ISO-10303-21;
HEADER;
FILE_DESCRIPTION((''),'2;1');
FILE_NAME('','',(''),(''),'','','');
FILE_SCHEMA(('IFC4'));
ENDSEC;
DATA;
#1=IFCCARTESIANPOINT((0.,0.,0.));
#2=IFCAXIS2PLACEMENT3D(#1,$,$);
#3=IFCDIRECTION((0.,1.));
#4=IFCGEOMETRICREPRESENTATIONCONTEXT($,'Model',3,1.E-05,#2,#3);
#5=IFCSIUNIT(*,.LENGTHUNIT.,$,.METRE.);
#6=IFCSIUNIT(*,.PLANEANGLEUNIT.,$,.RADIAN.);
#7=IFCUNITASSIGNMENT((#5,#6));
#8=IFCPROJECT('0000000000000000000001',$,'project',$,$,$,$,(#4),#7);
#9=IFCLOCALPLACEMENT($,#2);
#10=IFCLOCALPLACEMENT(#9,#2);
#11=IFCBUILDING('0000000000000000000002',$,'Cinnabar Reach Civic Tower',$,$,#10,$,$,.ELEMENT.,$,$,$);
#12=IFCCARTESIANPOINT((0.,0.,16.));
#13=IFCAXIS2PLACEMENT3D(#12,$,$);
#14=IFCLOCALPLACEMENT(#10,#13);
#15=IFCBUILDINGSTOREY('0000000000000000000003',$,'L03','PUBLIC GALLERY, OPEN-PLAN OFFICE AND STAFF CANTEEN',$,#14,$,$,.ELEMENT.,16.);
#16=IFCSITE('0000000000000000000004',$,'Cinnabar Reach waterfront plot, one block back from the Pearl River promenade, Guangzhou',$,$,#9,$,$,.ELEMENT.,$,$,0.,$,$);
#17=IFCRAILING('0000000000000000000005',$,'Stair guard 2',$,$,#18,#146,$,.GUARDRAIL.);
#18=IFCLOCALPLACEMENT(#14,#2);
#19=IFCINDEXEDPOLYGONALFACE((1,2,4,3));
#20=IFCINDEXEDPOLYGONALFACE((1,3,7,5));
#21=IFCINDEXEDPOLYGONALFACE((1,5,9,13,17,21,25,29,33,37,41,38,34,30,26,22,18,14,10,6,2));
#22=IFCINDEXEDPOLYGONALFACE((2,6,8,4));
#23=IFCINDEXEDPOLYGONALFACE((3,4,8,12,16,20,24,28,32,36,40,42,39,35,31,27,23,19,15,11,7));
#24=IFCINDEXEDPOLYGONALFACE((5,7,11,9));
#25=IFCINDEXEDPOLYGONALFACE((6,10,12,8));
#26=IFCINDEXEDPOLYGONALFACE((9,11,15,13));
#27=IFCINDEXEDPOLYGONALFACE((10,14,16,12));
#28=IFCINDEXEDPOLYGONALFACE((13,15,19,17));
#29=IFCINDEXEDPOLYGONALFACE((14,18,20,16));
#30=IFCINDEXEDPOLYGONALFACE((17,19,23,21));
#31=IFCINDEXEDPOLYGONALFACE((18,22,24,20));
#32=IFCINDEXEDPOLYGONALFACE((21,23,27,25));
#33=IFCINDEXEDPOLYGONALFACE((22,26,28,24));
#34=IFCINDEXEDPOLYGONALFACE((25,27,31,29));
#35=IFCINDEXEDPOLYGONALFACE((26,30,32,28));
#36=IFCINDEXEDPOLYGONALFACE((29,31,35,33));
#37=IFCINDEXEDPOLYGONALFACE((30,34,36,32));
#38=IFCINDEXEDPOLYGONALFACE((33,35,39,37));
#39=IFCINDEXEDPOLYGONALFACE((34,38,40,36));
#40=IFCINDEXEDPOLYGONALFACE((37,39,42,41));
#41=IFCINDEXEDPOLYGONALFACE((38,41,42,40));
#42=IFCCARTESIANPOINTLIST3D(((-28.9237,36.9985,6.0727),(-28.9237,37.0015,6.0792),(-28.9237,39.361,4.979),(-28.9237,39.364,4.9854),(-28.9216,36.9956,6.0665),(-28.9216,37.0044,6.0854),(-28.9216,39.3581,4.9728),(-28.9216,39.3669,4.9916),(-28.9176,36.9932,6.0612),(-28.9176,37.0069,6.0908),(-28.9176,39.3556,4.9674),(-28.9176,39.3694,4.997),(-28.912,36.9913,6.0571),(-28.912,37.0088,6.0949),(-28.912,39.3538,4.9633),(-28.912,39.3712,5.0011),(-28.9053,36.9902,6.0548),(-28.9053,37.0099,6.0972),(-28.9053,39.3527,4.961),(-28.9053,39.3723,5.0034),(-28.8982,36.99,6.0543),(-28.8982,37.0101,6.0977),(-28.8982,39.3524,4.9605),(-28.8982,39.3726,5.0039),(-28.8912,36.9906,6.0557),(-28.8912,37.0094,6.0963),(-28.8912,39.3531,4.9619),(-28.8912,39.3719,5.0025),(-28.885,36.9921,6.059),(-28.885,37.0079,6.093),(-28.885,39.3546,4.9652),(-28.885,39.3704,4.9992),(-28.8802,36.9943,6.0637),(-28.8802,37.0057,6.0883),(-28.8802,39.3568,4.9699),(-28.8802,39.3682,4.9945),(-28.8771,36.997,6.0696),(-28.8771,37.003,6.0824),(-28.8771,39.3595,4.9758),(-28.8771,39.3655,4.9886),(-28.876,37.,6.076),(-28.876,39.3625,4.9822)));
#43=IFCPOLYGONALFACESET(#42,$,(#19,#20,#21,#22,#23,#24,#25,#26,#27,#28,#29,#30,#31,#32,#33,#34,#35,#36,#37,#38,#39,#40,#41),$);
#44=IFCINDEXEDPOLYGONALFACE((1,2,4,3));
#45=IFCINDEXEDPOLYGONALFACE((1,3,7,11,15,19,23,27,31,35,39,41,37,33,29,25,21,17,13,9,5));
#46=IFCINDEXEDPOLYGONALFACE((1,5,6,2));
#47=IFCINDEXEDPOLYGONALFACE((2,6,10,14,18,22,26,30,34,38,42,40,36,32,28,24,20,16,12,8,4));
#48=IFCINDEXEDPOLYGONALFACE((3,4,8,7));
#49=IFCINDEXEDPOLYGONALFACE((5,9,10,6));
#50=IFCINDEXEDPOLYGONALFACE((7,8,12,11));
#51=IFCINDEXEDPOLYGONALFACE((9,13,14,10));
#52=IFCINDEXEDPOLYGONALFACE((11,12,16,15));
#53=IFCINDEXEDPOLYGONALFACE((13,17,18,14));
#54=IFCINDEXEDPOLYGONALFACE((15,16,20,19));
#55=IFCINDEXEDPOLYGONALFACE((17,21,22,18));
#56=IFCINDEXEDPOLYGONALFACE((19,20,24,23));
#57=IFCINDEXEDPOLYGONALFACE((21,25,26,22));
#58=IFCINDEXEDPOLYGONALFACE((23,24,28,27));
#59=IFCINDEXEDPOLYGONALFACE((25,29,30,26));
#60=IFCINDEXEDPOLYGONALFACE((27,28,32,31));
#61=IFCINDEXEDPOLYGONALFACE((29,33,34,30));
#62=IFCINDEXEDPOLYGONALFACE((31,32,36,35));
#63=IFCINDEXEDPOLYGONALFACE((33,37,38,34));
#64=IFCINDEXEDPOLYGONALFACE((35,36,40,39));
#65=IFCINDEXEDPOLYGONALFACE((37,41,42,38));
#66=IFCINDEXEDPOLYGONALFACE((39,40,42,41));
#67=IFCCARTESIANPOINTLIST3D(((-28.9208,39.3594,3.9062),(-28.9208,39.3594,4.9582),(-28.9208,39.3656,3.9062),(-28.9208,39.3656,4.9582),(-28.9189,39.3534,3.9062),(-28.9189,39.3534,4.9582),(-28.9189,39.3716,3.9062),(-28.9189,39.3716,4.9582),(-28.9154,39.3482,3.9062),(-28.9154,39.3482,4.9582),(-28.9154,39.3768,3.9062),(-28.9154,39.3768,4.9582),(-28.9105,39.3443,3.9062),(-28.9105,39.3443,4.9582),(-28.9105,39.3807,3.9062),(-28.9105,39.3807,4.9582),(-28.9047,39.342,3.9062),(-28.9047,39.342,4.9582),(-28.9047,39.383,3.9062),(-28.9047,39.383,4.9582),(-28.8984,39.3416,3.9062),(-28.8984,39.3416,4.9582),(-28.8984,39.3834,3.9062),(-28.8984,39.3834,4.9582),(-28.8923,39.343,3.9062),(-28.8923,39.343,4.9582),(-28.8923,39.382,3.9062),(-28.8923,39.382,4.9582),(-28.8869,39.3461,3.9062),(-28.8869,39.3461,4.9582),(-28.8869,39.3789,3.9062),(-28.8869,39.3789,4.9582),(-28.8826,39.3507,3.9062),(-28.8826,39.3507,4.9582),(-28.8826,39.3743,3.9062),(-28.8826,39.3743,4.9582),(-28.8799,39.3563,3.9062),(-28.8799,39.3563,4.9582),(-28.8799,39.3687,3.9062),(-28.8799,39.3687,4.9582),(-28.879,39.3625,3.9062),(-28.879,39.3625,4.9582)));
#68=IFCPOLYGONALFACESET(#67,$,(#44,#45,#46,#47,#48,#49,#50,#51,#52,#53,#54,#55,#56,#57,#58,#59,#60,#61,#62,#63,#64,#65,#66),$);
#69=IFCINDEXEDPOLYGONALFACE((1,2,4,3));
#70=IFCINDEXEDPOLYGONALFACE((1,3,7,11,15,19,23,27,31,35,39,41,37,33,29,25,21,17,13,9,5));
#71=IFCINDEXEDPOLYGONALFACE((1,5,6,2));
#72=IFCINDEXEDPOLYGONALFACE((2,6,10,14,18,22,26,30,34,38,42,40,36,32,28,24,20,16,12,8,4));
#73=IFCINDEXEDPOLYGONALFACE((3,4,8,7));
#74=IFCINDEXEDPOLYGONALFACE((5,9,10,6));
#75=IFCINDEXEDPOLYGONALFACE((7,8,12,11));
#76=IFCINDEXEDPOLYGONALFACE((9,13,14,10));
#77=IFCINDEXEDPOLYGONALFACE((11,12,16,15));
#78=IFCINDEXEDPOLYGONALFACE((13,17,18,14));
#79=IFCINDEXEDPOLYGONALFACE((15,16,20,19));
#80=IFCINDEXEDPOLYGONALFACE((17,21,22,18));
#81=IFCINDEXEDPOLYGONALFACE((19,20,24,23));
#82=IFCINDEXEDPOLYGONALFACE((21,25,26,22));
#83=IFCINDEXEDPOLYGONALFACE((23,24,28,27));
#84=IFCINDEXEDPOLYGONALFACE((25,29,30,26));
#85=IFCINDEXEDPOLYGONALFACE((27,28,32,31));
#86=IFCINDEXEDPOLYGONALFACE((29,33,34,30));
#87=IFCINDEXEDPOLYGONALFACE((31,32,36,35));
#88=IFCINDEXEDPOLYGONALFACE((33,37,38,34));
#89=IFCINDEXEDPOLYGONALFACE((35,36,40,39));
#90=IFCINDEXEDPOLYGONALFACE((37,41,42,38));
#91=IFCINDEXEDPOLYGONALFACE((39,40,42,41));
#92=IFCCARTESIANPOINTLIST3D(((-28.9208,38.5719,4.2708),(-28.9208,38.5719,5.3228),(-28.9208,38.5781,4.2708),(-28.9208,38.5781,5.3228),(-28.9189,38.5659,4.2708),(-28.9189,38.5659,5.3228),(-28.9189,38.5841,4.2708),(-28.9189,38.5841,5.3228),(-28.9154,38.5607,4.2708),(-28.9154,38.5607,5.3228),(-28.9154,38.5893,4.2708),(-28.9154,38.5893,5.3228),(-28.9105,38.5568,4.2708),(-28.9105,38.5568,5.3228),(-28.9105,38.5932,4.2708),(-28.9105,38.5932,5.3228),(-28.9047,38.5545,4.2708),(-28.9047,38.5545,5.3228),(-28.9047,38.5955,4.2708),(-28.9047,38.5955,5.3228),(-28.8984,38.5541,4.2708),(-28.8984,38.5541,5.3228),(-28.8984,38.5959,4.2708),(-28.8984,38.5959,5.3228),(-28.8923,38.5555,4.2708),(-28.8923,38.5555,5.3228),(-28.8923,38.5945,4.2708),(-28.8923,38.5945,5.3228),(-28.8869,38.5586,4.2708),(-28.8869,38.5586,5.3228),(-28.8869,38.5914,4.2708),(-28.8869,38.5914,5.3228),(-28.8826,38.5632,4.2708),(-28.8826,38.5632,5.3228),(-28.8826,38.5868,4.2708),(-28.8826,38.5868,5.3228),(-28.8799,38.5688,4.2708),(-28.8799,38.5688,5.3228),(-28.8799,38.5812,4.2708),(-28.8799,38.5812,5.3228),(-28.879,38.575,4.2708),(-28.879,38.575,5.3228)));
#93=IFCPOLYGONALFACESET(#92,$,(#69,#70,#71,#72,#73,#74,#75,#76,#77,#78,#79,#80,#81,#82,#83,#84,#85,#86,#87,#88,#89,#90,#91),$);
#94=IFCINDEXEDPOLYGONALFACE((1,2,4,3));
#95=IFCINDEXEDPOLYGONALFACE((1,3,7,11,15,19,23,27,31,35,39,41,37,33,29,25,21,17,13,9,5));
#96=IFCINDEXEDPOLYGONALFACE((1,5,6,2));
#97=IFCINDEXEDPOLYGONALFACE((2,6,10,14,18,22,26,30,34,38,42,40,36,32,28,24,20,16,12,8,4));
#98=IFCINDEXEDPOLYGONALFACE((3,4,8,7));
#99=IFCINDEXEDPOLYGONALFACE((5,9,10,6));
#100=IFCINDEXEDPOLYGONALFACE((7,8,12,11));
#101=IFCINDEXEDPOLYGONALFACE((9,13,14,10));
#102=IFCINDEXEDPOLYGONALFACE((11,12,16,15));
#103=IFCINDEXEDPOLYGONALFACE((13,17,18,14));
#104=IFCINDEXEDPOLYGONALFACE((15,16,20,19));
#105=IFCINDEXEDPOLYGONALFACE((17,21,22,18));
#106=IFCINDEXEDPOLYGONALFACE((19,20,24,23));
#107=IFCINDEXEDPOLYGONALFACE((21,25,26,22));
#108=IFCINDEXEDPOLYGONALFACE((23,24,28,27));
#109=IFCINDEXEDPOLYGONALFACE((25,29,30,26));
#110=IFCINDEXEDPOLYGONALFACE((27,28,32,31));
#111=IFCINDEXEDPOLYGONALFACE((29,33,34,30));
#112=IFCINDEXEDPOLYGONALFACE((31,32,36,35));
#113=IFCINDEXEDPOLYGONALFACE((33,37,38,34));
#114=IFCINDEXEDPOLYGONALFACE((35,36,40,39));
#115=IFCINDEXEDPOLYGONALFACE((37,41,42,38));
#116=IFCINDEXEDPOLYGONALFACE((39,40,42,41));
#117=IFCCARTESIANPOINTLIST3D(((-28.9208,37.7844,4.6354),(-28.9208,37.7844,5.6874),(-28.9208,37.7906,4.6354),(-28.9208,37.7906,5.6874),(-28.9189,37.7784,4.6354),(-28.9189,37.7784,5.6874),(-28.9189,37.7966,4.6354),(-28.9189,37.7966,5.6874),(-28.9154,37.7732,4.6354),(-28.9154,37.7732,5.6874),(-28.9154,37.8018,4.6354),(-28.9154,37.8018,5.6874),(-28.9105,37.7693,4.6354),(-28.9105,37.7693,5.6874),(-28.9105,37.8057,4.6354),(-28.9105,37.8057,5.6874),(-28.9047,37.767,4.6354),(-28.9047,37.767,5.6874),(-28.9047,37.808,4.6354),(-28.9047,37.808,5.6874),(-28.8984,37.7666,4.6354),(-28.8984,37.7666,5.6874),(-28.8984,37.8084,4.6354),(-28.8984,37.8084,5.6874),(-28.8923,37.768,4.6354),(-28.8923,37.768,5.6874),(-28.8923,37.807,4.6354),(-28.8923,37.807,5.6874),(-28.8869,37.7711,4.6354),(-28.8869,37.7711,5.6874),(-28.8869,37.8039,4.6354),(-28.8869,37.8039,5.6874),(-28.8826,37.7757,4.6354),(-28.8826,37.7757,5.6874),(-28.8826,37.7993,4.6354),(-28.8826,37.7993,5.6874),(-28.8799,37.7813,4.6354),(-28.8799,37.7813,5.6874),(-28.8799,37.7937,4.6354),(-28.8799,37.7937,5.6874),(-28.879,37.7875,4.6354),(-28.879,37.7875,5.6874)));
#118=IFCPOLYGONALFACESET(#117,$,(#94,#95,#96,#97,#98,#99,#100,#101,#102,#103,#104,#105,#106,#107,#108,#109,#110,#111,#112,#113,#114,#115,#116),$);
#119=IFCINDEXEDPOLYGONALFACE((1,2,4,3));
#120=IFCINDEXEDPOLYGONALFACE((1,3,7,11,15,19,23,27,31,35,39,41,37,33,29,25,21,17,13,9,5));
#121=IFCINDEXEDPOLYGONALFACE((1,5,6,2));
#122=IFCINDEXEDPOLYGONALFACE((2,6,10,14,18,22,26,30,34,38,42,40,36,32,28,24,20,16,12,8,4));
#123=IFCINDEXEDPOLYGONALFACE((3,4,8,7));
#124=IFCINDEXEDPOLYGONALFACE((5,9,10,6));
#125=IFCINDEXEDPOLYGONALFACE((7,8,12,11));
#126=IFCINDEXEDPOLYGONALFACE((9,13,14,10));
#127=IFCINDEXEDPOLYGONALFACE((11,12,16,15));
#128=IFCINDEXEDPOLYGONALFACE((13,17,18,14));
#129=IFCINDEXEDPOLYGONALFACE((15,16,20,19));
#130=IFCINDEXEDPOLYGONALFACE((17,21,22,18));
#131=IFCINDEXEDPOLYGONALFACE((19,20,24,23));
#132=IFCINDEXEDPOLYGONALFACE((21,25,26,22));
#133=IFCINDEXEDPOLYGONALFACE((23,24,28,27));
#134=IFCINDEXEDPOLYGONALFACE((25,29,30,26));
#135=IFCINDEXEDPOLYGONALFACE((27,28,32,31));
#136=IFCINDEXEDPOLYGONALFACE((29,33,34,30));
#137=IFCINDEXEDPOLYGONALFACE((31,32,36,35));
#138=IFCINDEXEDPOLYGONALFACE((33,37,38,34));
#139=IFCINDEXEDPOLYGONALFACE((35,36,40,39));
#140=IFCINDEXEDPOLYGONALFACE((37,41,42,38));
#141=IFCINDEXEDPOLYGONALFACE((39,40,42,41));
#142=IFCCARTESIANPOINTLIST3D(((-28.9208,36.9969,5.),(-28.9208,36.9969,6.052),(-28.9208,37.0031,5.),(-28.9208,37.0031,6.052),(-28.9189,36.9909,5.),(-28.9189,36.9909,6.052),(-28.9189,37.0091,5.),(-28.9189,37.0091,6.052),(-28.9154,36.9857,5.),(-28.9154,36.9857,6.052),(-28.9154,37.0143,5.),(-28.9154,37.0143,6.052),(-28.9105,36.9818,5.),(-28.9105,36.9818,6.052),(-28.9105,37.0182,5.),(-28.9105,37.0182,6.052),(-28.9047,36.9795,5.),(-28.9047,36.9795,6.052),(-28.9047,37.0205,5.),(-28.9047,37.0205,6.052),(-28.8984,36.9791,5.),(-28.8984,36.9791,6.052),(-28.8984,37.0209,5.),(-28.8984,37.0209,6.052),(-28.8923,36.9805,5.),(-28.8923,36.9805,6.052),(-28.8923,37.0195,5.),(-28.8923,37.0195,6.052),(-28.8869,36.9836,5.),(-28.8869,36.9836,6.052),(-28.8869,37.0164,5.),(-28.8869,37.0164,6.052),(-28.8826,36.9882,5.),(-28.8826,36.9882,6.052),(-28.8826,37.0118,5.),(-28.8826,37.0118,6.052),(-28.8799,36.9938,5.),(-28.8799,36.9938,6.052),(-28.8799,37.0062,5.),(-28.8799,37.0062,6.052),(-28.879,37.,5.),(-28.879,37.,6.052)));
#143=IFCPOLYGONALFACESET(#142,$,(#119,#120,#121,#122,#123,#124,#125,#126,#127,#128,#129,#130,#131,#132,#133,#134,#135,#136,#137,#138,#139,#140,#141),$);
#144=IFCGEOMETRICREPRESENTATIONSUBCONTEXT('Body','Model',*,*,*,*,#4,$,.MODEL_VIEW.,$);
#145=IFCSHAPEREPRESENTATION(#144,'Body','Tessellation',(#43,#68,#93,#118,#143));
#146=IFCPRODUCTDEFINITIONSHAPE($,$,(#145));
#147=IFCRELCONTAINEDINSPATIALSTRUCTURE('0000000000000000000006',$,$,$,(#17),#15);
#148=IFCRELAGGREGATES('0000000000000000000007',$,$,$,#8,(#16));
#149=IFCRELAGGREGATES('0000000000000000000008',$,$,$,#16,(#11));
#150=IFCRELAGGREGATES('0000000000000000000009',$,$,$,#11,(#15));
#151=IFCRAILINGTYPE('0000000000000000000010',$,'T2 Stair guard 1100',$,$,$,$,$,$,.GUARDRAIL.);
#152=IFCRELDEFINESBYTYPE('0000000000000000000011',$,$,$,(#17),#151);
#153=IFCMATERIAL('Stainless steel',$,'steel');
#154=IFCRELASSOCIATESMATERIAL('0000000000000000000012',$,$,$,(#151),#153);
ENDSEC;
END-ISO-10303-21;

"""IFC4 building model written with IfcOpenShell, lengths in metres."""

from ifc_helpers import new_model, si_unit, direction, frame, origin, origin_2d, place, context, subcontext, project, spatial, circle, extrude, material, type_object, element, save


model = new_model("IFC4")

# Units and contexts
model_context = context("Model", 3, precision=1e-05, world=origin(), true_north=direction((0.0, 1.0)))
body_context = subcontext(model_context, "Body", "Model", "MODEL_VIEW")
ifc_project = project(units=[si_unit("LENGTHUNIT", "METRE"), si_unit("PLANEANGLEUNIT", "RADIAN")], contexts=[model_context])

# Site, building, storey
site_placement = place(None, origin())
site = spatial("IfcSite", under=ifc_project, at=site_placement, Name="Cinnabar Reach waterfront plot, one block back from the Pearl River promenade, Guangzhou", CompositionType="ELEMENT", RefElevation=0.0)
building_placement = place(site_placement, origin())
building = spatial("IfcBuilding", under=site, at=building_placement, Name="Cinnabar Reach Civic Tower", CompositionType="ELEMENT")
storey_placement = place(building_placement, frame((0.0, 0.0, 16.0)))
storey = spatial("IfcBuildingStorey", under=building, at=storey_placement, Name="L03", Description="PUBLIC GALLERY, OPEN-PLAN OFFICE AND STAFF CANTEEN", CompositionType="ELEMENT", Elevation=16.0)

# Railing
ifc_material_1 = material(Name="Stainless steel", Category="steel")
railing_type = type_object("IfcRailingType", Name="T2 Stair guard 1100", PredefinedType="GUARDRAIL", material=ifc_material_1)
railing_1_placement = place(storey_placement, frame((-28.9, 39.3625, 3.9062)))
element("IfcRailing", 1, at=railing_1_placement, inside=storey, type_object=railing_type, Name="Stair guard 2", PredefinedType="GUARDRAIL", context=body_context, shape_type="SweptSolid", body=[
    extrude(circle(Radius=0.024, at=origin_2d()), frame((0.0, 0.0, 1.076), z_axis=(0.0, -0.90746, 0.420139), x_axis=(1.0, 0.0, 0.0)), (0.0, 0.0, 1.0), 2.6034),
    extrude(circle(Radius=0.021, at=origin_2d()), origin(), (0.0, 0.0, 1.0), 1.052),
    extrude(circle(Radius=0.021, at=origin_2d()), frame((0.0, -0.7875, 0.3646)), (0.0, 0.0, 1.0), 1.052),
    extrude(circle(Radius=0.021, at=origin_2d()), frame((0.0, -1.575, 0.7292)), (0.0, 0.0, 1.0), 1.052),
    extrude(circle(Radius=0.021, at=origin_2d()), frame((0.0, -2.3625, 1.0938)), (0.0, 0.0, 1.0), 1.052),
])

save(model, "model.ifc")
